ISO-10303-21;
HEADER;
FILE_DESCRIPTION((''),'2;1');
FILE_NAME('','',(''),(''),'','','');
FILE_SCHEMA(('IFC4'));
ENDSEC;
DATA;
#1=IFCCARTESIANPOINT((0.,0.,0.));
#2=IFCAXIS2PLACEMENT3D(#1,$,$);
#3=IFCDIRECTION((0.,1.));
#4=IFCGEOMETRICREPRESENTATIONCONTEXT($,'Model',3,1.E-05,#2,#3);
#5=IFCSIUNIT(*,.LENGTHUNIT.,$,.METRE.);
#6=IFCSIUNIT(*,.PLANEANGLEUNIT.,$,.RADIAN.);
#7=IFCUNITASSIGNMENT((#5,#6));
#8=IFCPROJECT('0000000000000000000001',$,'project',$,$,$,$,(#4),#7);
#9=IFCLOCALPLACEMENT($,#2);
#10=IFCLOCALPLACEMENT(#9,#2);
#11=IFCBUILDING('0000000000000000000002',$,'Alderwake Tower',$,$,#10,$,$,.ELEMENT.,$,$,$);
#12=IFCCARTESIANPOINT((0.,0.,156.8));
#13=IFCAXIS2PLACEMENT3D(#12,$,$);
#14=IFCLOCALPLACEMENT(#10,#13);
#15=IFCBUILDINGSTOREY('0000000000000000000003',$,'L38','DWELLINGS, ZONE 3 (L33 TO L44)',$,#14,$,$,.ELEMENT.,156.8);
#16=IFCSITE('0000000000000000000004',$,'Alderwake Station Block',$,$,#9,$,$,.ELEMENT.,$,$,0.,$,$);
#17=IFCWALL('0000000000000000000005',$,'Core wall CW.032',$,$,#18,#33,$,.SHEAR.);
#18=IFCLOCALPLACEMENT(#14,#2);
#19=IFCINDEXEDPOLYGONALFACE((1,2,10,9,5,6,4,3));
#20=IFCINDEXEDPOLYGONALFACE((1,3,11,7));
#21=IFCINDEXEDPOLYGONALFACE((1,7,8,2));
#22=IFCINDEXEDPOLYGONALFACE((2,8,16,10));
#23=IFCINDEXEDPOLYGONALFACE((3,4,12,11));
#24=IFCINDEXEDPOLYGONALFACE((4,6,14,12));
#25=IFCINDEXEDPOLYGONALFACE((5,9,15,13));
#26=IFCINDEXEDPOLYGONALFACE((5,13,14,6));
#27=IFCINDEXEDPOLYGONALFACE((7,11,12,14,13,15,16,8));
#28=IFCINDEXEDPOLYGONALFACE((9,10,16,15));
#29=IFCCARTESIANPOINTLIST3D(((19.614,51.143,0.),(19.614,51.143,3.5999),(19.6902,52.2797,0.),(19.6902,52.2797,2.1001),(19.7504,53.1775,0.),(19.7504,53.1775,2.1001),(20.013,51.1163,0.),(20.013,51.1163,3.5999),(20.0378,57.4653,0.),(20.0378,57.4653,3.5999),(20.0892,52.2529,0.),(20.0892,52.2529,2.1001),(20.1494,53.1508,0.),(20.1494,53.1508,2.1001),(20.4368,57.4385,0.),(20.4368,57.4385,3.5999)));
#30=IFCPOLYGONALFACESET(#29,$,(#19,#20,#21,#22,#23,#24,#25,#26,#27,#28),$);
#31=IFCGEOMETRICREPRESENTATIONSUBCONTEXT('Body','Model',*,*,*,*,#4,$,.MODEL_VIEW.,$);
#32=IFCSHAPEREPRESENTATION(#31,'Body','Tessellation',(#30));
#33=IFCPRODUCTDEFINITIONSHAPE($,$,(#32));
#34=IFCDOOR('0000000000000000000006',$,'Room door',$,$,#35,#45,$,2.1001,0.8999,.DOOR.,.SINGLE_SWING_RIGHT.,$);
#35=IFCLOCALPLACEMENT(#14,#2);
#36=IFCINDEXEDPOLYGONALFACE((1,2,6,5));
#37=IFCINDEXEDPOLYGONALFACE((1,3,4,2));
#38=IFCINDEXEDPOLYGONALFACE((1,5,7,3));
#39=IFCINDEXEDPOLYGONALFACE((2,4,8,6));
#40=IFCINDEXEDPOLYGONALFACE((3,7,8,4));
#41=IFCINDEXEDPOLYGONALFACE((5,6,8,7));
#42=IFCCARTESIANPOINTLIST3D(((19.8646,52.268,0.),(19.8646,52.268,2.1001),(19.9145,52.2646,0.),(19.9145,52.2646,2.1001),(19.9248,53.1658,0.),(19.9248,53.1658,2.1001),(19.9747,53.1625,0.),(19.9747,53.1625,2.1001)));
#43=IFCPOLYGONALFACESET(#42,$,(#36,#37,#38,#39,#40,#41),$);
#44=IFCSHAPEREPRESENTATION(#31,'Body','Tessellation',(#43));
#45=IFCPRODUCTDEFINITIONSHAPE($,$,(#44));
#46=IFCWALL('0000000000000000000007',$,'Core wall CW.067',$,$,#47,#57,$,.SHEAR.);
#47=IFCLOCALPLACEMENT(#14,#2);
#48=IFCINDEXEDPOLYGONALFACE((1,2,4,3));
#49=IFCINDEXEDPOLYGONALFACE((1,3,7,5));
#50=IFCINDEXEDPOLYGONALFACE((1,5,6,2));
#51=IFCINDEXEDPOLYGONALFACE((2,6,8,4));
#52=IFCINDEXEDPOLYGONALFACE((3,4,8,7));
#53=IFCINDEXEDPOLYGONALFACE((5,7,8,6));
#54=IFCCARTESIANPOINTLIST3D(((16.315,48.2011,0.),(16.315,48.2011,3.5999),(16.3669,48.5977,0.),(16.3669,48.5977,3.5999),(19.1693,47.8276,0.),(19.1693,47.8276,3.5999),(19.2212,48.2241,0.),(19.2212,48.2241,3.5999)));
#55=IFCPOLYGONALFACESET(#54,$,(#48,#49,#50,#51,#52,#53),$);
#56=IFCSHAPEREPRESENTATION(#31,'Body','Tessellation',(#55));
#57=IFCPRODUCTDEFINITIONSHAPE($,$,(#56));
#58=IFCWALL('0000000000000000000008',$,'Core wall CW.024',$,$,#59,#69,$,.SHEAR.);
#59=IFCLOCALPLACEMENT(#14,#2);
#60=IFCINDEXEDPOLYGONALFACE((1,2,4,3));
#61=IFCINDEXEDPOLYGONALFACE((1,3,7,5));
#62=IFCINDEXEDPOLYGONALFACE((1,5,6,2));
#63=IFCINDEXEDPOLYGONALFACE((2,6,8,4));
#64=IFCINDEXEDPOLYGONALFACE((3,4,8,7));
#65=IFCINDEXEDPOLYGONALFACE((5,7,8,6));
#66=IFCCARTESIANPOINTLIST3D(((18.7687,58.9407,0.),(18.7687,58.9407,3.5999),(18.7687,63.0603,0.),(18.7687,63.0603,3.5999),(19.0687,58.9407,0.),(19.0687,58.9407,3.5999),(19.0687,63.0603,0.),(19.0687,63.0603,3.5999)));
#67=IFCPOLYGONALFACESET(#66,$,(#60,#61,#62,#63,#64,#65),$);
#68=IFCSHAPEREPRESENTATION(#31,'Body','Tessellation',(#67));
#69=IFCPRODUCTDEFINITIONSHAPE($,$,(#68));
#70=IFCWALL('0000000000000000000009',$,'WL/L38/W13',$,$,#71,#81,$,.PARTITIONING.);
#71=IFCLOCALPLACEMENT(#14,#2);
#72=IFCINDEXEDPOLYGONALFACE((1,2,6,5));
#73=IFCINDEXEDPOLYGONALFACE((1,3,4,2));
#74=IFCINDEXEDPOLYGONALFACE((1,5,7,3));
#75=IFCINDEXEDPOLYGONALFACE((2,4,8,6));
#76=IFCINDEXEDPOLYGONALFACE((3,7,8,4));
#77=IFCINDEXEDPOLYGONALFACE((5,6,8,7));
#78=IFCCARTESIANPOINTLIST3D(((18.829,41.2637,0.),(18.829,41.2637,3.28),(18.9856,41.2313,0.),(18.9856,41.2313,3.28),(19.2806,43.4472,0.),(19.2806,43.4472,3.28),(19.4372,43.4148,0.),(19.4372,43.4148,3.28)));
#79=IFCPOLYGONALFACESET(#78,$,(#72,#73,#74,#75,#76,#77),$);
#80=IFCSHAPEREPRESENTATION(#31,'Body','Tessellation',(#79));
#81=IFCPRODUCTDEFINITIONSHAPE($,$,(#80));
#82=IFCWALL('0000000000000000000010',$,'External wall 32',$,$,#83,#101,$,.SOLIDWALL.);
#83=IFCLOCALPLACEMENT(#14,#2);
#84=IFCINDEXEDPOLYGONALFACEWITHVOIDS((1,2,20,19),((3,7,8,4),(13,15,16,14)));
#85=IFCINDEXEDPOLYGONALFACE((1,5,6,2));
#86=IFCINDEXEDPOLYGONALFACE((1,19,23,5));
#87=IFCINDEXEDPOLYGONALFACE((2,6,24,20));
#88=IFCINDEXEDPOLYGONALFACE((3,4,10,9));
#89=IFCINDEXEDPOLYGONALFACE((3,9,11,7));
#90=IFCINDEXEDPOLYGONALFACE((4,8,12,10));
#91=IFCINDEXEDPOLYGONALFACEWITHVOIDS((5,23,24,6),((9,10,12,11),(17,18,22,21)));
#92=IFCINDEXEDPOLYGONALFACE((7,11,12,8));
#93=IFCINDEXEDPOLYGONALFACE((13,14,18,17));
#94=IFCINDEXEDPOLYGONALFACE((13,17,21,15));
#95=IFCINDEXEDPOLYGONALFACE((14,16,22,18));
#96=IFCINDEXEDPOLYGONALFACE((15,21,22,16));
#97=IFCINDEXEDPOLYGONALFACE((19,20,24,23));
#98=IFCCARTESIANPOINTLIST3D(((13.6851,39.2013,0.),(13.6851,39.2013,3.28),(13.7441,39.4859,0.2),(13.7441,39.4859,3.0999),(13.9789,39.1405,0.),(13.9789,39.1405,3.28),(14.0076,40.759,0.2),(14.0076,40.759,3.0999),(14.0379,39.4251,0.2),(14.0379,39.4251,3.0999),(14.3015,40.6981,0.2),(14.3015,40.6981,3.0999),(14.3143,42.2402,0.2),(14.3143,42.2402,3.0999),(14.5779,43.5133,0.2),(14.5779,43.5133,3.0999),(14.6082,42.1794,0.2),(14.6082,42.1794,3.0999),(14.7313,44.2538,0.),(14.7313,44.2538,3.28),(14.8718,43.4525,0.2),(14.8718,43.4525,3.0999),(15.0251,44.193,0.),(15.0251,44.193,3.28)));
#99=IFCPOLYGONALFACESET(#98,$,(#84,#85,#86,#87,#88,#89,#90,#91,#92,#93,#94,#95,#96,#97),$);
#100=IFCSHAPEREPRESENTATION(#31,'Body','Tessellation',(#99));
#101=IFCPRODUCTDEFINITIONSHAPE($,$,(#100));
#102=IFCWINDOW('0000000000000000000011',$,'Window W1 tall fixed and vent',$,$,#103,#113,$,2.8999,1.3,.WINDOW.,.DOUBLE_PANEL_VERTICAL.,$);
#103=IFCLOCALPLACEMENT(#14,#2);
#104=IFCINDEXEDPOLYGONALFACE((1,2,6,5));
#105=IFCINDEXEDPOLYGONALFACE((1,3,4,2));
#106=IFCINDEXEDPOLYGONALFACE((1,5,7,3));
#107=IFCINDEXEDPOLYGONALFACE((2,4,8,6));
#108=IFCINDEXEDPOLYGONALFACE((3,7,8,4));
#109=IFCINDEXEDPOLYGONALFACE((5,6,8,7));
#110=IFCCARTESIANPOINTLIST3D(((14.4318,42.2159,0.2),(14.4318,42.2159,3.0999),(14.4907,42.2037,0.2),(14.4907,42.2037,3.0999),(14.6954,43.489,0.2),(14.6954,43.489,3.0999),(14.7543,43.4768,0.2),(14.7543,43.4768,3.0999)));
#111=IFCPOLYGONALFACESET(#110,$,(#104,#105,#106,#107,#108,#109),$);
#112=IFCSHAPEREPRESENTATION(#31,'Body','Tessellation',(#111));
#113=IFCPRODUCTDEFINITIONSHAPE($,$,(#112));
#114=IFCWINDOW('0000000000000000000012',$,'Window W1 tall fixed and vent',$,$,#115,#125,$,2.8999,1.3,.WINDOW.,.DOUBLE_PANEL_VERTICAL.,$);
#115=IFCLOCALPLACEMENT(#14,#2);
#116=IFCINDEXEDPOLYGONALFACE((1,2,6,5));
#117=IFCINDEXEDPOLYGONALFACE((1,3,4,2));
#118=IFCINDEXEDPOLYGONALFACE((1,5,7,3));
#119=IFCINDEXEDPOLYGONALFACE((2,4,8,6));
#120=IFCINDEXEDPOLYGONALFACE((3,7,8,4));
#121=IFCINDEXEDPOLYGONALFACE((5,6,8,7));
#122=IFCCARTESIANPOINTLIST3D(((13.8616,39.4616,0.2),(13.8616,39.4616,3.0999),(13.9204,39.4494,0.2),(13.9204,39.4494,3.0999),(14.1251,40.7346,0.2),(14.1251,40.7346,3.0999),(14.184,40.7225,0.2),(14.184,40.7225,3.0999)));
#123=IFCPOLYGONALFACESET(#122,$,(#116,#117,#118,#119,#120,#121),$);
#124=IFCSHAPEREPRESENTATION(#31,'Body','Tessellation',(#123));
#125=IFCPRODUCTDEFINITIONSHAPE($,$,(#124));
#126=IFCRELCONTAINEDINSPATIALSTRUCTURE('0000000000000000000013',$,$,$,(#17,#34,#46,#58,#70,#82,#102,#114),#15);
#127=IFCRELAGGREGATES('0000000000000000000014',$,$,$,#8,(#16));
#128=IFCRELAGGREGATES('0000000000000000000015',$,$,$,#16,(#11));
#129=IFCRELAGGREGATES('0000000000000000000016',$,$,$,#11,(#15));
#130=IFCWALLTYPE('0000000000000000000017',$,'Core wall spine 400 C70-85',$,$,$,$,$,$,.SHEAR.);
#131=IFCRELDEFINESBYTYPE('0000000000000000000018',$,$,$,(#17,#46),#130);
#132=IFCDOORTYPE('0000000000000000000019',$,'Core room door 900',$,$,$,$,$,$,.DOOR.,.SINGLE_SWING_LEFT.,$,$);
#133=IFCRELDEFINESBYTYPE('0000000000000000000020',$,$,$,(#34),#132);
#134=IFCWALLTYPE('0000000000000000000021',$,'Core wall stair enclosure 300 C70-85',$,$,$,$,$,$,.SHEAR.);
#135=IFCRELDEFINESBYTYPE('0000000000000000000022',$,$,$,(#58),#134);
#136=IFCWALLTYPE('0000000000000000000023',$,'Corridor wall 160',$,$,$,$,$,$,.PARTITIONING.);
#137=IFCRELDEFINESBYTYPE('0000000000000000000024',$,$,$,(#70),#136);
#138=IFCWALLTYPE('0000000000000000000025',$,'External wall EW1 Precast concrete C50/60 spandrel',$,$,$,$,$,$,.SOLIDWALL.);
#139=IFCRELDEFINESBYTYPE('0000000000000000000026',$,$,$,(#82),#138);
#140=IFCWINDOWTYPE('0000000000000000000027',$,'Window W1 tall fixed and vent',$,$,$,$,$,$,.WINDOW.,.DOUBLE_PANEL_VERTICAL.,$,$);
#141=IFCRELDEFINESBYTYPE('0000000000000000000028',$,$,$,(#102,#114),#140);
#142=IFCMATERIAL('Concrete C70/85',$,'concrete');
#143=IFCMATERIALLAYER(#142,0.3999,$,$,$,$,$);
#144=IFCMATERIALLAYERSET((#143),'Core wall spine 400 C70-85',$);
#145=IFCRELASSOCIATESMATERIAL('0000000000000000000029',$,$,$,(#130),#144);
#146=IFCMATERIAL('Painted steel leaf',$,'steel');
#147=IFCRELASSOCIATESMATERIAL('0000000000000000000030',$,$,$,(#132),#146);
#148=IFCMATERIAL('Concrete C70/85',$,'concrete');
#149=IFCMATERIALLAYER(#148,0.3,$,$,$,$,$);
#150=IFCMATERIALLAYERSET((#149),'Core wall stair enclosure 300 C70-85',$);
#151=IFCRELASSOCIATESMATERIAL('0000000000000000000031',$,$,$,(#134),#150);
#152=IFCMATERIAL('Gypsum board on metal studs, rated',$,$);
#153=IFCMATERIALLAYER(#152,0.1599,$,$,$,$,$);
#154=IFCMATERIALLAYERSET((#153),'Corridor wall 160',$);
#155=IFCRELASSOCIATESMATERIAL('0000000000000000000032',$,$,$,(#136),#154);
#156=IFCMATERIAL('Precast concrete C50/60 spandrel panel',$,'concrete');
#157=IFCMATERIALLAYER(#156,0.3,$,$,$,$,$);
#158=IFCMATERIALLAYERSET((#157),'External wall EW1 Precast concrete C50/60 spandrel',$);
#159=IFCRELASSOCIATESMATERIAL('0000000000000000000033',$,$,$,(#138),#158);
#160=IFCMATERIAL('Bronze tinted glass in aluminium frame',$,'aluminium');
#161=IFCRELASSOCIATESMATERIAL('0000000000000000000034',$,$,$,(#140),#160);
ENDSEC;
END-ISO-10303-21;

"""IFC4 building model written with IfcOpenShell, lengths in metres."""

from ifc_helpers import new_model, si_unit, direction, frame, frame_2d, origin, place, context, subcontext, project, spatial, rectangle, extrude, material, layer, layer_set, type_object, element, fill, save


model = new_model("IFC4")

# Units and contexts
model_context = context("Model", 3, precision=1e-05, world=origin(), true_north=direction((0.0, 1.0)))
body_context = subcontext(model_context, "Body", "Model", "MODEL_VIEW")
ifc_project = project(units=[si_unit("LENGTHUNIT", "METRE"), si_unit("PLANEANGLEUNIT", "RADIAN")], contexts=[model_context])

# Site, building, storey
site_placement = place(None, origin())
site = spatial("IfcSite", under=ifc_project, at=site_placement, Name="Alderwake Station Block", CompositionType="ELEMENT", RefElevation=0.0)
building_placement = place(site_placement, origin())
building = spatial("IfcBuilding", under=site, at=building_placement, Name="Alderwake Tower", CompositionType="ELEMENT")
storey_placement = place(building_placement, frame((0.0, 0.0, 156.8)))
storey = spatial("IfcBuildingStorey", under=building, at=storey_placement, Name="L38", Description="DWELLINGS, ZONE 3 (L33 TO L44)", CompositionType="ELEMENT", Elevation=156.8)

# Shared definitions
ifc_material_1 = material(Name="Concrete C70/85", Category="concrete")
ifc_layer_1 = layer(ifc_material_1, 0.3999)
ifc_layer_set_1 = layer_set([ifc_layer_1], Name="Core wall spine 400 C70-85")
wall_type_1 = type_object("IfcWallType", Name="Core wall spine 400 C70-85", PredefinedType="SHEAR", material=ifc_layer_set_1)

# Wall, opening, door
wall_1_placement = place(storey_placement, frame((20.2373, 57.4519, 0.0), z_axis=(0.0, 0.0, 1.0), x_axis=(-0.066887, -0.997761, 0.0)))
wall_1 = element("IfcWall", 1, at=wall_1_placement, inside=storey, type_object=wall_type_1, Name="Core wall CW.032", PredefinedType="SHEAR", context=body_context, shape_type="SweptSolid", body=[
    extrude(rectangle(XDim=6.3364, YDim=0.3999, at=frame_2d((3.1682, 0.0))), origin(), (0.0, 0.0, 1.0), 3.5999),
])
opening_1_placement = place(wall_1_placement, frame((4.2974, 0.0, 0.0)))
opening_1 = element("IfcOpeningElement", 2, at=opening_1_placement, cuts=wall_1, PredefinedType="OPENING", context=body_context, shape_type="SweptSolid", body=[
    extrude(rectangle(XDim=0.8999, YDim=2.1001, at=frame_2d((0.45, 1.05))), frame((0.0, 0.21, 0.0), z_axis=(0.0, -1.0, 0.0), x_axis=(1.0, 0.0, 0.0)), (0.0, 0.0, 1.0), 0.4199),
])
ifc_material_2 = material(Name="Painted steel leaf", Category="steel")
door_type_1 = type_object("IfcDoorType", Name="Core room door 900", OperationType="SINGLE_SWING_LEFT", PredefinedType="DOOR", material=ifc_material_2)
door_1_placement = place(opening_1_placement, origin())
door_1 = element("IfcDoor", 3, at=door_1_placement, inside=storey, type_object=door_type_1, Name="Room door", OperationType="SINGLE_SWING_RIGHT", OverallHeight=2.1001, OverallWidth=0.8999, PredefinedType="DOOR", context=body_context, shape_type="SweptSolid", body=[
    extrude(rectangle(XDim=0.8999, YDim=2.1001, at=frame_2d((0.45, 1.05))), frame((0.0, 0.0249, 0.0), z_axis=(0.0, -1.0, 0.0), x_axis=(1.0, 0.0, 0.0)), (0.0, 0.0, 1.0), 0.05),
])
fill(opening_1, door_1)

# Walls
wall_2_placement = place(storey_placement, frame((16.3408, 48.3994, 0.0), z_axis=(0.0, 0.0, 1.0), x_axis=(0.991545, -0.129763, 0.0)))
element("IfcWall", 4, at=wall_2_placement, inside=storey, type_object=wall_type_1, Name="Core wall CW.067", PredefinedType="SHEAR", context=body_context, shape_type="SweptSolid", body=[
    extrude(rectangle(XDim=2.8787, YDim=0.3999, at=frame_2d((1.4395, 0.0))), origin(), (0.0, 0.0, 1.0), 3.5999),
])
ifc_material_3 = material(Name="Concrete C70/85", Category="concrete")
ifc_layer_2 = layer(ifc_material_3, 0.3)
ifc_layer_set_2 = layer_set([ifc_layer_2], Name="Core wall stair enclosure 300 C70-85")
wall_type_2 = type_object("IfcWallType", Name="Core wall stair enclosure 300 C70-85", PredefinedType="SHEAR", material=ifc_layer_set_2)
wall_3_placement = place(storey_placement, frame((18.9187, 58.9407, 0.0), z_axis=(0.0, 0.0, 1.0), x_axis=(0.0, 1.0, 0.0)))
element("IfcWall", 5, at=wall_3_placement, inside=storey, type_object=wall_type_2, Name="Core wall CW.024", PredefinedType="SHEAR", context=body_context, shape_type="SweptSolid", body=[
    extrude(rectangle(XDim=4.1196, YDim=0.3, at=frame_2d((2.0598, 0.0))), origin(), (0.0, 0.0, 1.0), 3.5999),
])
ifc_material_4 = material(Name="Gypsum board on metal studs, rated")
ifc_layer_3 = layer(ifc_material_4, 0.1599)
ifc_layer_set_3 = layer_set([ifc_layer_3], Name="Corridor wall 160")
wall_type_3 = type_object("IfcWallType", Name="Corridor wall 160", PredefinedType="PARTITIONING", material=ifc_layer_set_3)
wall_4_placement = place(storey_placement, frame((19.3589, 43.4309, 0.0), z_axis=(0.0, 0.0, 1.0), x_axis=(-0.202555, -0.979271, 0.0)))
element("IfcWall", 6, at=wall_4_placement, inside=storey, type_object=wall_type_3, Name="WL/L38/W13", PredefinedType="PARTITIONING", context=body_context, shape_type="SweptSolid", body=[
    extrude(rectangle(XDim=2.2297, YDim=0.1599, at=frame_2d((1.1147, 0.0))), origin(), (0.0, 0.0, 1.0), 3.28),
])

# Wall, openings, windows
ifc_material_5 = material(Name="Precast concrete C50/60 spandrel panel", Category="concrete")
ifc_layer_4 = layer(ifc_material_5, 0.3)
ifc_layer_set_4 = layer_set([ifc_layer_4], Name="External wall EW1 Precast concrete C50/60 spandrel")
wall_type_4 = type_object("IfcWallType", Name="External wall EW1 Precast concrete C50/60 spandrel", PredefinedType="SOLIDWALL", material=ifc_layer_set_4)
wall_5_placement = place(storey_placement, frame((14.8782, 44.2234, 0.0), z_axis=(0.0, 0.0, 1.0), x_axis=(-0.202754, -0.97923, 0.0)))
wall_5 = element("IfcWall", 7, at=wall_5_placement, inside=storey, type_object=wall_type_4, Name="External wall 32", PredefinedType="SOLIDWALL", context=body_context, shape_type="SweptSolid", body=[
    extrude(rectangle(XDim=5.1597, YDim=0.3, at=frame_2d((2.5798, 0.0))), origin(), (0.0, 0.0, 1.0), 3.28),
])
opening_2_placement = place(wall_5_placement, frame((0.7563, 0.0, 0.2)))
opening_2 = element("IfcOpeningElement", 8, at=opening_2_placement, cuts=wall_5, PredefinedType="OPENING", context=body_context, shape_type="SweptSolid", body=[
    extrude(rectangle(XDim=1.3, YDim=2.8999, at=frame_2d((0.6499, 1.45))), frame((0.0, 0.1599, 0.0), z_axis=(0.0, -1.0, 0.0), x_axis=(1.0, 0.0, 0.0)), (0.0, 0.0, 1.0), 0.3201),
])
opening_3_placement = place(wall_5_placement, frame((3.5691, 0.0, 0.2)))
opening_3 = element("IfcOpeningElement", 9, at=opening_3_placement, cuts=wall_5, PredefinedType="OPENING", context=body_context, shape_type="SweptSolid", body=[
    extrude(rectangle(XDim=1.3, YDim=2.8999, at=frame_2d((0.6499, 1.45))), frame((0.0, 0.1599, 0.0), z_axis=(0.0, -1.0, 0.0), x_axis=(1.0, 0.0, 0.0)), (0.0, 0.0, 1.0), 0.3201),
])
ifc_material_6 = material(Name="Bronze tinted glass in aluminium frame", Category="aluminium")
window_type = type_object("IfcWindowType", Name="Window W1 tall fixed and vent", PartitioningType="DOUBLE_PANEL_VERTICAL", PredefinedType="WINDOW", material=ifc_material_6)
window_1_placement = place(opening_2_placement, origin())
window_1 = element("IfcWindow", 10, at=window_1_placement, inside=storey, type_object=window_type, Name="Window W1 tall fixed and vent", OverallHeight=2.8999, OverallWidth=1.3, PartitioningType="DOUBLE_PANEL_VERTICAL", PredefinedType="WINDOW", context=body_context, shape_type="SweptSolid", body=[
    extrude(rectangle(XDim=1.3, YDim=2.8999, at=frame_2d((0.6499, 1.45))), frame((0.0, 0.03, 0.0), z_axis=(0.0, -1.0, 0.0), x_axis=(1.0, 0.0, 0.0)), (0.0, 0.0, 1.0), 0.0601),
])
fill(opening_2, window_1)
window_2_placement = place(opening_3_placement, origin())
window_2 = element("IfcWindow", 11, at=window_2_placement, inside=storey, type_object=window_type, Name="Window W1 tall fixed and vent", OverallHeight=2.8999, OverallWidth=1.3, PartitioningType="DOUBLE_PANEL_VERTICAL", PredefinedType="WINDOW", context=body_context, shape_type="SweptSolid", body=[
    extrude(rectangle(XDim=1.3, YDim=2.8999, at=frame_2d((0.6499, 1.45))), frame((0.0, 0.03, 0.0), z_axis=(0.0, -1.0, 0.0), x_axis=(1.0, 0.0, 0.0)), (0.0, 0.0, 1.0), 0.0601),
])
fill(opening_3, window_2)

save(model, "model.ifc")
